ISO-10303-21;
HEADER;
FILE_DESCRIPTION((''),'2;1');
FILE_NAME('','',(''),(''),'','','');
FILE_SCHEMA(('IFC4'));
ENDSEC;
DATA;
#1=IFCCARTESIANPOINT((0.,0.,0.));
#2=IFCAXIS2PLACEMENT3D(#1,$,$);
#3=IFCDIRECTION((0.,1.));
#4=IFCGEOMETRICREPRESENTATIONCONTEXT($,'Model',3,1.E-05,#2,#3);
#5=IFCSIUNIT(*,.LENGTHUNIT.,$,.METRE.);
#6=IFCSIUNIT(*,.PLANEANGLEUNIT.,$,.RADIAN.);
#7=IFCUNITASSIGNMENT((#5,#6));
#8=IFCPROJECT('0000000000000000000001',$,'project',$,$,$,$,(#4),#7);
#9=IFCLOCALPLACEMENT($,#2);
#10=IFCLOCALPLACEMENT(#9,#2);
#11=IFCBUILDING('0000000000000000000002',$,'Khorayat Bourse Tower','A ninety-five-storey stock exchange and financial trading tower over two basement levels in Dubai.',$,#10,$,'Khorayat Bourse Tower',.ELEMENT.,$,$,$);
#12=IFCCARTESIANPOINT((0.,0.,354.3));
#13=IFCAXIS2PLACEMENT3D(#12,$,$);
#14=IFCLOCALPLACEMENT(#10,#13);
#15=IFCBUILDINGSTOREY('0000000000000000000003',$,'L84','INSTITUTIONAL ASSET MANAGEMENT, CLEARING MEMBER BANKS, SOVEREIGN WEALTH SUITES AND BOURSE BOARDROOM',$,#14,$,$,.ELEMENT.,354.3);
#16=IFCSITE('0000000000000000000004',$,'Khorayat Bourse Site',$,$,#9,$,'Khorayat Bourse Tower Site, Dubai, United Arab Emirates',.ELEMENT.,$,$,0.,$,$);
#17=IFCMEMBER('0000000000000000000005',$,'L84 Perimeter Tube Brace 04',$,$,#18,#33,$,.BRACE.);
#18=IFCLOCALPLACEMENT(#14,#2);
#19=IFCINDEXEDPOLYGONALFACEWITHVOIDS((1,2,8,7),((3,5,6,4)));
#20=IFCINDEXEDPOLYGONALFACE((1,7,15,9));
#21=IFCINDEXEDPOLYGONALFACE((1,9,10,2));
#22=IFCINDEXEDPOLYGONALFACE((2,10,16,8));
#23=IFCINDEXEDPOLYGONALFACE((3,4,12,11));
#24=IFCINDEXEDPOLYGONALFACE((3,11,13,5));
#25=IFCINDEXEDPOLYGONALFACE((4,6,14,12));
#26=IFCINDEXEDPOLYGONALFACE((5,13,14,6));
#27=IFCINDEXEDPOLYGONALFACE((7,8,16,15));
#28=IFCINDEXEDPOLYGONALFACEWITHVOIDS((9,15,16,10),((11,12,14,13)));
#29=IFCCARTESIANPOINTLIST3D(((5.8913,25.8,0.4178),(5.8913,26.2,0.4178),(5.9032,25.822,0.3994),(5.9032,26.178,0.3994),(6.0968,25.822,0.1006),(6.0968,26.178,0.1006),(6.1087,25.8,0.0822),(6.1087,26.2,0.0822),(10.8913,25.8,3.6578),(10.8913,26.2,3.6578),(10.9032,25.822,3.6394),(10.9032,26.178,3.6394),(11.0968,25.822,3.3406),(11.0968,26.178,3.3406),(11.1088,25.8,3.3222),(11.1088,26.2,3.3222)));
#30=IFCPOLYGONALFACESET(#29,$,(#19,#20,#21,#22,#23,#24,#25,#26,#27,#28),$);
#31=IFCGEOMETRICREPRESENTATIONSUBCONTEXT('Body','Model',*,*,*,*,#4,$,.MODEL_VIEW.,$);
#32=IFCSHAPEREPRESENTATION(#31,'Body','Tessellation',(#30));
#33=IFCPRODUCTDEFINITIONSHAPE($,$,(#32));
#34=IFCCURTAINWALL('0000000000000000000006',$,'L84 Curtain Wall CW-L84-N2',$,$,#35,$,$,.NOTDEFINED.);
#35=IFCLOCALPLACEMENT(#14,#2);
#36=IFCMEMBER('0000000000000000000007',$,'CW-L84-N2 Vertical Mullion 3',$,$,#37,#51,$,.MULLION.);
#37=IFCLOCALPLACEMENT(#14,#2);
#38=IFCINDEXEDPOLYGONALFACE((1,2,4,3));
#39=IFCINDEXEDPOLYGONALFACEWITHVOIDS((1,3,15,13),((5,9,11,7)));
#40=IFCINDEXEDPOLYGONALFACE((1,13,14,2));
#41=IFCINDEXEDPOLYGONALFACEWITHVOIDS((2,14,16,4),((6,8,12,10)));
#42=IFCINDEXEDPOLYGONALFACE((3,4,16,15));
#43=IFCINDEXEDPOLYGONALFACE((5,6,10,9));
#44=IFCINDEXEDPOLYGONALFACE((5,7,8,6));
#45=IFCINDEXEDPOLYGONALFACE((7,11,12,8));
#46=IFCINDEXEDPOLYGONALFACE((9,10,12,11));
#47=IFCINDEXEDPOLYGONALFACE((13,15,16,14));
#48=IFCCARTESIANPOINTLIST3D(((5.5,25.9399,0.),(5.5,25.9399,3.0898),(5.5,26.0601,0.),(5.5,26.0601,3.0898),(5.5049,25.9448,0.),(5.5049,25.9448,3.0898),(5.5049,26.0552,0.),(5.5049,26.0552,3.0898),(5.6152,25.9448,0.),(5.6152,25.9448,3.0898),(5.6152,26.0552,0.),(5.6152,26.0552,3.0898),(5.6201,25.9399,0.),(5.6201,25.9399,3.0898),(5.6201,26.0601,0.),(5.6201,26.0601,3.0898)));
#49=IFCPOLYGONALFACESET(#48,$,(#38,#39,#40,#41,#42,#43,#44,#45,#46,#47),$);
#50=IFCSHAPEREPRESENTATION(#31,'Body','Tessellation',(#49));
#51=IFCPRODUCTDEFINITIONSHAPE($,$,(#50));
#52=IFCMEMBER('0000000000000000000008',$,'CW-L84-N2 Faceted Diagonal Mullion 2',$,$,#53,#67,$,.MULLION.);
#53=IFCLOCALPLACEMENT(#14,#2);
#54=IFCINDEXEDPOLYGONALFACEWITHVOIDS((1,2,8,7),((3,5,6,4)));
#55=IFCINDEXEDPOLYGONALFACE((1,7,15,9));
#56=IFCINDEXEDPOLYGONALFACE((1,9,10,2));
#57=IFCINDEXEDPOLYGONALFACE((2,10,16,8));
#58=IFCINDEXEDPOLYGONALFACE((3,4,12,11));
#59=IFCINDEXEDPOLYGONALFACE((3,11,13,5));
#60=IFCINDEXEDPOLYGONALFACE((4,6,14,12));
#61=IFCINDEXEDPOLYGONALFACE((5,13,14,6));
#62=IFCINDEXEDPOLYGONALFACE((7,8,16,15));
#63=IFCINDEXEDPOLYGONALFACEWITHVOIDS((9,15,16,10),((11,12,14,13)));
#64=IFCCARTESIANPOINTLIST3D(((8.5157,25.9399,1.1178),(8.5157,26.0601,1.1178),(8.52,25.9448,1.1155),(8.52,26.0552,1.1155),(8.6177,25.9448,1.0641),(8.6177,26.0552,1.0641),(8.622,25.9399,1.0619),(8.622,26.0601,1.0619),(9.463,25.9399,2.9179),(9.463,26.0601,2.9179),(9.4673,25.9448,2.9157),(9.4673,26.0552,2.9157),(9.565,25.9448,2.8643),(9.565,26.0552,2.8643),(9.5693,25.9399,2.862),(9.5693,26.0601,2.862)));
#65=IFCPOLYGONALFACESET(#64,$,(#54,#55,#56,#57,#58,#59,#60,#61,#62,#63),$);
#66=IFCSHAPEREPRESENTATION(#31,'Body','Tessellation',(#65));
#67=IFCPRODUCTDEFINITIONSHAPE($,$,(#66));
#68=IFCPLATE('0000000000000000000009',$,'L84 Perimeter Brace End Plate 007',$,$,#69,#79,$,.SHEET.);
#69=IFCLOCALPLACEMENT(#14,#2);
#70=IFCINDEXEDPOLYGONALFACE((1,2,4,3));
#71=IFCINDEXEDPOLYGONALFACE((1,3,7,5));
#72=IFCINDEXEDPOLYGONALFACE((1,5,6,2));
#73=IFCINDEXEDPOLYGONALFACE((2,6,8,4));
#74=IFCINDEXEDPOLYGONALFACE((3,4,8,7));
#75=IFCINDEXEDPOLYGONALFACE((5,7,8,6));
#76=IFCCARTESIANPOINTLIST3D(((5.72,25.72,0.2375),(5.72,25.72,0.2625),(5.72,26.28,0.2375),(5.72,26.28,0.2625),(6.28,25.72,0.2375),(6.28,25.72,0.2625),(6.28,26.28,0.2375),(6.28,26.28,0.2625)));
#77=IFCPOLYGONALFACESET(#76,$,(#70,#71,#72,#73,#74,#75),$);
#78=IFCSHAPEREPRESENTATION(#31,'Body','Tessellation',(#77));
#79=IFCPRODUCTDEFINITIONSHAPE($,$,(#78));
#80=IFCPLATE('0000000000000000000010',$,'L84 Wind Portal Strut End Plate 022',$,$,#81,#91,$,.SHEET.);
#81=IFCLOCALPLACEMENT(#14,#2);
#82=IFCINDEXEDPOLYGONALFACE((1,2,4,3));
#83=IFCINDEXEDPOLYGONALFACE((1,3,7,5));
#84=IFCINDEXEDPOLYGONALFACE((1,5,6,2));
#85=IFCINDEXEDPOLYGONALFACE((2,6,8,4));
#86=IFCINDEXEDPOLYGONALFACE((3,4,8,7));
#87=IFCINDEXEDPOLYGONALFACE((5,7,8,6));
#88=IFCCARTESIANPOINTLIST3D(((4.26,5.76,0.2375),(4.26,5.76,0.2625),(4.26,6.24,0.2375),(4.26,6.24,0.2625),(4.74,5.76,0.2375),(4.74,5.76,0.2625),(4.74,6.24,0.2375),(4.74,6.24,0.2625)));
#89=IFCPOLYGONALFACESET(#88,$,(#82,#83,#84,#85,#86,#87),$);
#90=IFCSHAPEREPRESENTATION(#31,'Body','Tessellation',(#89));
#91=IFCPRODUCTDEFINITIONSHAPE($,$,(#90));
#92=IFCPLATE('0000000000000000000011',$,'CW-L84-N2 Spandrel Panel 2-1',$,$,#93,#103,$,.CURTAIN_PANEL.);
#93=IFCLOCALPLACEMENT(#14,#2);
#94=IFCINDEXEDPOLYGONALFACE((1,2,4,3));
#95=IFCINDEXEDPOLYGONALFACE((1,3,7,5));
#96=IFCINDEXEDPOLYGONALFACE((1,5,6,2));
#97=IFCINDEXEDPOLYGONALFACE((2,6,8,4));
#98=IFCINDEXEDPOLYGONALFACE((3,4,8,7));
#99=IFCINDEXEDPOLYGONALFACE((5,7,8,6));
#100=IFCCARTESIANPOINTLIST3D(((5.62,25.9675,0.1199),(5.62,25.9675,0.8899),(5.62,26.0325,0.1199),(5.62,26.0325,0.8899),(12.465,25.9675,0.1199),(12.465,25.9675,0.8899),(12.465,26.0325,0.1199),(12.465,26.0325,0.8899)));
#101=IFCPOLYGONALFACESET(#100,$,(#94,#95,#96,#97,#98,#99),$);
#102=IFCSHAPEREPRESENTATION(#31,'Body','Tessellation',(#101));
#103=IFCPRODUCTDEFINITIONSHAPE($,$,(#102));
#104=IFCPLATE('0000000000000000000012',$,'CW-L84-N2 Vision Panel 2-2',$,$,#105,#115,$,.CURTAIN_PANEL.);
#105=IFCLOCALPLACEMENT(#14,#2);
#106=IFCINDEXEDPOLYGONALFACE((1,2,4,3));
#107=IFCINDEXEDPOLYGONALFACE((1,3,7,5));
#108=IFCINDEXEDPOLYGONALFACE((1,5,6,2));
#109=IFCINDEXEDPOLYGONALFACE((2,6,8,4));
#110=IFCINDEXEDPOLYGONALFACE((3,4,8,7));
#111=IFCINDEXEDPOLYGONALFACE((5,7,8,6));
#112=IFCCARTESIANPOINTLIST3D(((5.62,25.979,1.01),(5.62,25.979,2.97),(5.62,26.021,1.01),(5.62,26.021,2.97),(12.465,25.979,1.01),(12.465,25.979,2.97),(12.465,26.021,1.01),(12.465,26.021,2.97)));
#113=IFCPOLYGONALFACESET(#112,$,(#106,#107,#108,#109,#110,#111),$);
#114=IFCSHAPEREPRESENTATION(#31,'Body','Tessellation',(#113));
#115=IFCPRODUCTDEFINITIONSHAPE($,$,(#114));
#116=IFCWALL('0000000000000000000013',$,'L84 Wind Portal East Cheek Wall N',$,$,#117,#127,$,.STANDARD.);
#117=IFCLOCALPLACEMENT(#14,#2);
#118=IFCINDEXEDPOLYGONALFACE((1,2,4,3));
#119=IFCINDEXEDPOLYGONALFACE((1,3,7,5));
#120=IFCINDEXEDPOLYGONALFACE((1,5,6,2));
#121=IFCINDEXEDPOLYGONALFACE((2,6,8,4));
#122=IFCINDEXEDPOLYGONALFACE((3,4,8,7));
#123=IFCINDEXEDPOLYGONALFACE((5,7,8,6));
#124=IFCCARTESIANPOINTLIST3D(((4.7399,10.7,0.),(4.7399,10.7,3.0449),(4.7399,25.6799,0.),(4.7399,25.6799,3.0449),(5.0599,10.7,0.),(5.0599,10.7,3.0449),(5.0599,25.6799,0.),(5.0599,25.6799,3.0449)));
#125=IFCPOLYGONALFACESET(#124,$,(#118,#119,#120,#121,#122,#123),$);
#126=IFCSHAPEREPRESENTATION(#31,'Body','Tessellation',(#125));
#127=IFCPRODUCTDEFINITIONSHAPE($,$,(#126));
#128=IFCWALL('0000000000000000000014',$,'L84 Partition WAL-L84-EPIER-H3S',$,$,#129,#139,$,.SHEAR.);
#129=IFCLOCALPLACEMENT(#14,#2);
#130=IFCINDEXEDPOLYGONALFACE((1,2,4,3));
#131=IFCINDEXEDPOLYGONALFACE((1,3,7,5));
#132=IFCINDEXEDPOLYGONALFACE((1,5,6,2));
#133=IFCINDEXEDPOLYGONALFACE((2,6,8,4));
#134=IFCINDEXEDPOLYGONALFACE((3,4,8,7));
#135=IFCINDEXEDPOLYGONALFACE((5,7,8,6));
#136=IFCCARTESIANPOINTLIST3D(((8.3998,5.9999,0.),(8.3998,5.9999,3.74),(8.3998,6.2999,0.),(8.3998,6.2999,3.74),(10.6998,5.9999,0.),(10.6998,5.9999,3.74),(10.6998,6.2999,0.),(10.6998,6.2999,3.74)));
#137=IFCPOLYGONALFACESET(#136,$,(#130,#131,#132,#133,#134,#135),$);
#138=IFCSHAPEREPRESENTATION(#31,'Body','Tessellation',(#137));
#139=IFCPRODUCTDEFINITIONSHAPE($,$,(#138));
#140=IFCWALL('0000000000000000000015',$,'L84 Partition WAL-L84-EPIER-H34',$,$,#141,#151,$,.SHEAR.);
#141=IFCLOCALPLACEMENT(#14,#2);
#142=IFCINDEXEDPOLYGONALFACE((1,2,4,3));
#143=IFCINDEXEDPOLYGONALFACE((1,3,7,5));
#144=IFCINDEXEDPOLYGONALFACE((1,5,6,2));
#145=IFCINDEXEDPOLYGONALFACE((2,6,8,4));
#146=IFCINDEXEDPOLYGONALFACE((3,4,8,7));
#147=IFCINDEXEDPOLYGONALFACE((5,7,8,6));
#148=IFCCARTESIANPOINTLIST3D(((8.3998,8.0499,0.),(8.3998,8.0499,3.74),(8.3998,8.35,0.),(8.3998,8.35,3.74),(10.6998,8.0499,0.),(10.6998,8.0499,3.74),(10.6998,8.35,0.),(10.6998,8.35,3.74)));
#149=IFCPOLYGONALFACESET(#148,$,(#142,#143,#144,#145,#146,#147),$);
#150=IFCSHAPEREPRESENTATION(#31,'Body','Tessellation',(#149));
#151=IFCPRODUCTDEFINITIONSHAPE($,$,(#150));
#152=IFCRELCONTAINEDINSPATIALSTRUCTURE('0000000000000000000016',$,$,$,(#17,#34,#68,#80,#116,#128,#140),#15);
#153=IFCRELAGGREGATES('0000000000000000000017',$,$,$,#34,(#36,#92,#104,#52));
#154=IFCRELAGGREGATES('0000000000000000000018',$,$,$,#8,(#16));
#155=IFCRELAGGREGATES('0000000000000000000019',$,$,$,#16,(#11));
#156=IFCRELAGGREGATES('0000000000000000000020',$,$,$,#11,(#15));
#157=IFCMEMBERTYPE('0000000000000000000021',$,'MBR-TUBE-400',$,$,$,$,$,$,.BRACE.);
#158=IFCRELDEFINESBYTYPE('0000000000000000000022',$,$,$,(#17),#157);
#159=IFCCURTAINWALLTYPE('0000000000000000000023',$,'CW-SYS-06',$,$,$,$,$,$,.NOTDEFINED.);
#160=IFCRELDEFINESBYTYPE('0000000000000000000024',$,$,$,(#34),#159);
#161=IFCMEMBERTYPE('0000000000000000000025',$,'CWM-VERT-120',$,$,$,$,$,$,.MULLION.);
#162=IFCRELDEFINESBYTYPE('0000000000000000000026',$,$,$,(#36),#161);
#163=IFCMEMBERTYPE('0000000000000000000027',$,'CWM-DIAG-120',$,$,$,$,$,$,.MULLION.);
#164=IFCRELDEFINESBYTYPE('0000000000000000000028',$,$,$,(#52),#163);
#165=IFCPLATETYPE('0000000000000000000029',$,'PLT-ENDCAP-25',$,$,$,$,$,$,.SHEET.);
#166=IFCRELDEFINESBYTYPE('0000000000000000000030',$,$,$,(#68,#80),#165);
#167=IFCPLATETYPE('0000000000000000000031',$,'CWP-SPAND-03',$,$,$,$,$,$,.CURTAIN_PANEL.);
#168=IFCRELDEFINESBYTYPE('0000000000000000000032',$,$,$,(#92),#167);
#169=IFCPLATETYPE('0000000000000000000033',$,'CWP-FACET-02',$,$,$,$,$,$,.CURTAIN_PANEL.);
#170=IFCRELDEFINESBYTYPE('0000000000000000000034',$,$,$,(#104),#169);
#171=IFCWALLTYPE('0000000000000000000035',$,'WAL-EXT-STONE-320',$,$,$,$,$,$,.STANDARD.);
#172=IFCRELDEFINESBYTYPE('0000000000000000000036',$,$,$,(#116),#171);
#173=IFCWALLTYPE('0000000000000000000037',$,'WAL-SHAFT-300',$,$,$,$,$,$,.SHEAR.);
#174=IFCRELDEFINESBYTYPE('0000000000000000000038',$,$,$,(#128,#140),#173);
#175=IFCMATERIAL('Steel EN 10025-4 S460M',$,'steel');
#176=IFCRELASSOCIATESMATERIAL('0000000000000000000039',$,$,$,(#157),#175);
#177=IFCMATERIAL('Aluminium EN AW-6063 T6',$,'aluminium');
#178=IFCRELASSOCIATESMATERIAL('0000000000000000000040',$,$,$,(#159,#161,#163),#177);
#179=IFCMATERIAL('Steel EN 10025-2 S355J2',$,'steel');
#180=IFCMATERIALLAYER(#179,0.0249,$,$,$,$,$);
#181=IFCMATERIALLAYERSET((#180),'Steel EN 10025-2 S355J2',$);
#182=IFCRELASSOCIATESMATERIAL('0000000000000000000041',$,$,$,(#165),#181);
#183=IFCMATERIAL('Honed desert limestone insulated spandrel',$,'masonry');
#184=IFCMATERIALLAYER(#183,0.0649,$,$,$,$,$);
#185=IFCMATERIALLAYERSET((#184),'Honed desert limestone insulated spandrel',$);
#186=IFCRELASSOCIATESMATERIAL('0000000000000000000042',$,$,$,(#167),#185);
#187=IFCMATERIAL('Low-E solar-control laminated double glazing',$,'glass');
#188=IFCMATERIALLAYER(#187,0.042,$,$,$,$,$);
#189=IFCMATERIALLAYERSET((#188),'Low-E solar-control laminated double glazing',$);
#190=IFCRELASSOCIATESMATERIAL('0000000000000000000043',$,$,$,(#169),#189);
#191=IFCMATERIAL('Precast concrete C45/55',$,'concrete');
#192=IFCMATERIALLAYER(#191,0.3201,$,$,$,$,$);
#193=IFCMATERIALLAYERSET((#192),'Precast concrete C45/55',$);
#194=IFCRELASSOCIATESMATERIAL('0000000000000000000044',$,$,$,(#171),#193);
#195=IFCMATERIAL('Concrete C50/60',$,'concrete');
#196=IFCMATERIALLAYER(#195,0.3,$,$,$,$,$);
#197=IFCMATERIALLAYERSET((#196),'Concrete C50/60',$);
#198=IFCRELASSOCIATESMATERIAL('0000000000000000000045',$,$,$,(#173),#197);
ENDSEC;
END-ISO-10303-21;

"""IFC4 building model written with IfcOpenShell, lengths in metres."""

from ifc_helpers import new_model, si_unit, direction, frame, frame_2d, origin, origin_2d, place, context, subcontext, project, spatial, rectangle, hollow_rectangle, extrude, source, transform, mapped, material, layer, layer_set, material_profile, profile_set, type_object, element, aggregate, save


model = new_model("IFC4")

# Units and contexts
model_context = context("Model", 3, precision=1e-05, world=origin(), true_north=direction((0.0, 1.0)))
body_context = subcontext(model_context, "Body", "Model", "MODEL_VIEW")
ifc_project = project(units=[si_unit("LENGTHUNIT", "METRE"), si_unit("PLANEANGLEUNIT", "RADIAN")], contexts=[model_context])

# Site, building, storey
site_placement = place(None, origin())
site = spatial("IfcSite", under=ifc_project, at=site_placement, Name="Khorayat Bourse Site", LongName="Khorayat Bourse Tower Site, Dubai, United Arab Emirates", CompositionType="ELEMENT", RefElevation=0.0)
building_placement = place(site_placement, origin())
building = spatial("IfcBuilding", under=site, at=building_placement, Name="Khorayat Bourse Tower", Description="A ninety-five-storey stock exchange and financial trading tower over two basement levels in Dubai.", LongName="Khorayat Bourse Tower", CompositionType="ELEMENT")
storey_placement = place(building_placement, frame((0.0, 0.0, 354.3)))
storey = spatial("IfcBuildingStorey", under=building, at=storey_placement, Name="L84", Description="INSTITUTIONAL ASSET MANAGEMENT, CLEARING MEMBER BANKS, SOVEREIGN WEALTH SUITES AND BOURSE BOARDROOM", CompositionType="ELEMENT", Elevation=354.3)

# Shared definitions
ifc_material_1 = material(Name="Steel EN 10025-2 S355J2", Category="steel")

# Member
ifc_material_2 = material(Name="Steel EN 10025-4 S460M", Category="steel")
ifc_material_profile_1 = material_profile(ifc_material_2, hollow_rectangle(XDim=0.3999, YDim=0.3999, WallThickness=0.022, at=origin_2d()), Name="HSS 400x400x22")
ifc_profile_set_1 = profile_set([ifc_material_profile_1], Name="Steel EN 10025-4 S460M")
member_type_1 = type_object("IfcMemberType", Name="MBR-TUBE-400", PredefinedType="BRACE", material=ifc_profile_set_1)
shared_shape_1 = source(origin(), body_context, "Body", "SweptSolid", [
    extrude(hollow_rectangle(XDim=0.3999, YDim=0.3999, WallThickness=0.022, at=origin_2d()), origin(), (0.0, 0.0, 1.0), 5.958),
])
member_1_placement = place(storey_placement, frame((6.0, 26.0, 0.25), z_axis=(0.83921, 0.0, 0.543807), x_axis=(0.0, 1.0, 0.0)))
element("IfcMember", 1, at=member_1_placement, inside=storey, type_object=member_type_1, Name="L84 Perimeter Tube Brace 04", PredefinedType="BRACE", context=body_context, shape_type="MappedRepresentation", body=[
    mapped(shared_shape_1, transform((0.0, 0.0, 0.0), scale=1.0)),
])

# Curtain wall, members
ifc_material_3 = material(Name="Aluminium EN AW-6063 T6", Category="aluminium")
curtain_wall_type = type_object("IfcCurtainWallType", Name="CW-SYS-06", PredefinedType="NOTDEFINED", material=ifc_material_3)
curtain_wall_placement = place(storey_placement, origin())
curtain_wall = element("IfcCurtainWall", 2, at=curtain_wall_placement, inside=storey, type_object=curtain_wall_type, Name="L84 Curtain Wall CW-L84-N2", PredefinedType="NOTDEFINED")
ifc_material_profile_2 = material_profile(ifc_material_3, hollow_rectangle(XDim=0.1201, YDim=0.1201, WallThickness=0.0049, at=origin_2d()), Name="ALU 120x120x5")
ifc_profile_set_2 = profile_set([ifc_material_profile_2], Name="Aluminium EN AW-6063 T6")
member_type_2 = type_object("IfcMemberType", Name="CWM-VERT-120", PredefinedType="MULLION", material=ifc_profile_set_2)
shared_shape_2 = source(origin(), body_context, "Body", "SweptSolid", [
    extrude(hollow_rectangle(XDim=0.1201, YDim=0.1201, WallThickness=0.0049, at=origin_2d()), origin(), (0.0, 0.0, 1.0), 3.0898),
])
member_2_placement = place(storey_placement, frame((5.5601, 26.0, 0.0), z_axis=(0.0, 0.0, 1.0), x_axis=(0.0, -1.0, 0.0)))
member_2 = element("IfcMember", 3, at=member_2_placement, type_object=member_type_2, Name="CW-L84-N2 Vertical Mullion 3", PredefinedType="MULLION", context=body_context, shape_type="MappedRepresentation", body=[
    mapped(shared_shape_2, transform((0.0, 0.0, 0.0), scale=1.0)),
])
ifc_material_profile_3 = material_profile(ifc_material_3, hollow_rectangle(XDim=0.1201, YDim=0.1201, WallThickness=0.0049, at=origin_2d()), Name="ALU 120x120x5")
ifc_profile_set_3 = profile_set([ifc_material_profile_3], Name="Aluminium EN AW-6063 T6")
member_type_3 = type_object("IfcMemberType", Name="CWM-DIAG-120", PredefinedType="MULLION", material=ifc_profile_set_3)
shared_shape_3 = source(origin(), body_context, "Body", "SweptSolid", [
    extrude(hollow_rectangle(XDim=0.1201, YDim=0.1201, WallThickness=0.0049, at=origin_2d()), origin(), (0.0, 0.0, 1.0), 2.0342),
])
member_3_placement = place(storey_placement, frame((8.5688, 26.0, 1.0898), z_axis=(0.465697, 0.0, 0.884944), x_axis=(0.0, 1.0, 0.0)))
member_3 = element("IfcMember", 4, at=member_3_placement, type_object=member_type_3, Name="CW-L84-N2 Faceted Diagonal Mullion 2", PredefinedType="MULLION", context=body_context, shape_type="MappedRepresentation", body=[
    mapped(shared_shape_3, transform((0.0, 0.0, 0.0), scale=1.0)),
])

# Plates
ifc_layer_1 = layer(ifc_material_1, 0.0249)
ifc_layer_set_1 = layer_set([ifc_layer_1], Name="Steel EN 10025-2 S355J2")
plate_type_1 = type_object("IfcPlateType", Name="PLT-ENDCAP-25", PredefinedType="SHEET", material=ifc_layer_set_1)
shared_shape_4 = source(origin(), body_context, "Body", "SweptSolid", [
    extrude(rectangle(XDim=0.5601, YDim=0.5601, at=origin_2d()), origin(), (0.0, 0.0, 1.0), 0.0249),
])
plate_1_placement = place(storey_placement, frame((6.0, 26.0, 0.2375), z_axis=(0.0, 0.0, 1.0), x_axis=(1.0, 0.0, 0.0)))
element("IfcPlate", 5, at=plate_1_placement, inside=storey, type_object=plate_type_1, Name="L84 Perimeter Brace End Plate 007", PredefinedType="SHEET", context=body_context, shape_type="MappedRepresentation", body=[
    mapped(shared_shape_4, transform((0.0, 0.0, 0.0), scale=1.0)),
])
shared_shape_5 = source(origin(), body_context, "Body", "SweptSolid", [
    extrude(rectangle(XDim=0.48, YDim=0.48, at=origin_2d()), origin(), (0.0, 0.0, 1.0), 0.0249),
])
plate_2_placement = place(storey_placement, frame((4.5, 6.0, 0.2375), z_axis=(0.0, 0.0, 1.0), x_axis=(1.0, 0.0, 0.0)))
element("IfcPlate", 6, at=plate_2_placement, inside=storey, type_object=plate_type_1, Name="L84 Wind Portal Strut End Plate 022", PredefinedType="SHEET", context=body_context, shape_type="MappedRepresentation", body=[
    mapped(shared_shape_5, transform((0.0, 0.0, 0.0), scale=1.0)),
])

# Plates
ifc_material_4 = material(Name="Honed desert limestone insulated spandrel", Category="masonry")
ifc_layer_2 = layer(ifc_material_4, 0.0649)
ifc_layer_set_2 = layer_set([ifc_layer_2], Name="Honed desert limestone insulated spandrel")
plate_type_2 = type_object("IfcPlateType", Name="CWP-SPAND-03", PredefinedType="CURTAIN_PANEL", material=ifc_layer_set_2)
shared_shape_6 = source(origin(), body_context, "Body", "SweptSolid", [
    extrude(rectangle(XDim=6.845, YDim=0.0649, at=origin_2d()), origin(), (0.0, 0.0, 1.0), 0.77),
])
plate_3_placement = place(storey_placement, frame((9.0425, 26.0, 0.1199), z_axis=(0.0, 0.0, 1.0), x_axis=(-1.0, 0.0, 0.0)))
plate_3 = element("IfcPlate", 7, at=plate_3_placement, type_object=plate_type_2, Name="CW-L84-N2 Spandrel Panel 2-1", PredefinedType="CURTAIN_PANEL", context=body_context, shape_type="MappedRepresentation", body=[
    mapped(shared_shape_6, transform((0.0, 0.0, 0.0), scale=1.0)),
])
ifc_material_5 = material(Name="Low-E solar-control laminated double glazing", Category="glass")
ifc_layer_3 = layer(ifc_material_5, 0.042)
ifc_layer_set_3 = layer_set([ifc_layer_3], Name="Low-E solar-control laminated double glazing")
plate_type_3 = type_object("IfcPlateType", Name="CWP-FACET-02", PredefinedType="CURTAIN_PANEL", material=ifc_layer_set_3)
shared_shape_7 = source(origin(), body_context, "Body", "SweptSolid", [
    extrude(rectangle(XDim=6.845, YDim=0.042, at=origin_2d()), origin(), (0.0, 0.0, 1.0), 1.96),
])
plate_4_placement = place(storey_placement, frame((9.0425, 26.0, 1.01), z_axis=(0.0, 0.0, 1.0), x_axis=(-1.0, 0.0, 0.0)))
plate_4 = element("IfcPlate", 8, at=plate_4_placement, type_object=plate_type_3, Name="CW-L84-N2 Vision Panel 2-2", PredefinedType="CURTAIN_PANEL", context=body_context, shape_type="MappedRepresentation", body=[
    mapped(shared_shape_7, transform((0.0, 0.0, 0.0), scale=1.0)),
])
aggregate(curtain_wall, [member_2, plate_3, plate_4, member_3])

# Walls
ifc_material_6 = material(Name="Precast concrete C45/55", Category="concrete")
ifc_layer_4 = layer(ifc_material_6, 0.3201)
ifc_layer_set_4 = layer_set([ifc_layer_4], Name="Precast concrete C45/55")
wall_type_1 = type_object("IfcWallType", Name="WAL-EXT-STONE-320", PredefinedType="STANDARD", material=ifc_layer_set_4)
shared_shape_8 = source(origin(), body_context, "Body", "SweptSolid", [
    extrude(rectangle(XDim=14.98, YDim=0.3201, at=frame_2d((7.49, 0.0))), origin(), (0.0, 0.0, 1.0), 3.0449),
])
wall_1_placement = place(storey_placement, frame((4.8999, 10.7, 0.0), z_axis=(0.0, 0.0, 1.0), x_axis=(0.0, 1.0, 0.0)))
element("IfcWall", 9, at=wall_1_placement, inside=storey, type_object=wall_type_1, Name="L84 Wind Portal East Cheek Wall N", PredefinedType="STANDARD", context=body_context, shape_type="MappedRepresentation", body=[
    mapped(shared_shape_8, transform((0.0, 0.0, 0.0), scale=1.0)),
])
ifc_material_7 = material(Name="Concrete C50/60", Category="concrete")
ifc_layer_5 = layer(ifc_material_7, 0.3)
ifc_layer_set_5 = layer_set([ifc_layer_5], Name="Concrete C50/60")
wall_type_2 = type_object("IfcWallType", Name="WAL-SHAFT-300", PredefinedType="SHEAR", material=ifc_layer_set_5)
shared_shape_9 = source(origin(), body_context, "Body", "SweptSolid", [
    extrude(rectangle(XDim=2.3, YDim=0.3, at=frame_2d((1.1499, 0.0))), origin(), (0.0, 0.0, 1.0), 3.74),
])
for number, where, z_axis, x_axis, name in (
    (10, (8.3999, 6.1499, 0.0), (0.0, 0.0, 1.0), (1.0, 0.0, 0.0), "L84 Partition WAL-L84-EPIER-H3S"),
    (11, (8.3999, 8.2, 0.0), (0.0, 0.0, 1.0), (1.0, 0.0, 0.0), "L84 Partition WAL-L84-EPIER-H34"),
):
    element("IfcWall", number, at=place(storey_placement, frame(where, z_axis=z_axis, x_axis=x_axis)), inside=storey, type_object=wall_type_2, Name=name, PredefinedType="SHEAR", context=body_context, shape_type="MappedRepresentation", body=[
        mapped(shared_shape_9, transform((0.0, 0.0, 0.0), scale=1.0)),
    ])

save(model, "model.ifc")
